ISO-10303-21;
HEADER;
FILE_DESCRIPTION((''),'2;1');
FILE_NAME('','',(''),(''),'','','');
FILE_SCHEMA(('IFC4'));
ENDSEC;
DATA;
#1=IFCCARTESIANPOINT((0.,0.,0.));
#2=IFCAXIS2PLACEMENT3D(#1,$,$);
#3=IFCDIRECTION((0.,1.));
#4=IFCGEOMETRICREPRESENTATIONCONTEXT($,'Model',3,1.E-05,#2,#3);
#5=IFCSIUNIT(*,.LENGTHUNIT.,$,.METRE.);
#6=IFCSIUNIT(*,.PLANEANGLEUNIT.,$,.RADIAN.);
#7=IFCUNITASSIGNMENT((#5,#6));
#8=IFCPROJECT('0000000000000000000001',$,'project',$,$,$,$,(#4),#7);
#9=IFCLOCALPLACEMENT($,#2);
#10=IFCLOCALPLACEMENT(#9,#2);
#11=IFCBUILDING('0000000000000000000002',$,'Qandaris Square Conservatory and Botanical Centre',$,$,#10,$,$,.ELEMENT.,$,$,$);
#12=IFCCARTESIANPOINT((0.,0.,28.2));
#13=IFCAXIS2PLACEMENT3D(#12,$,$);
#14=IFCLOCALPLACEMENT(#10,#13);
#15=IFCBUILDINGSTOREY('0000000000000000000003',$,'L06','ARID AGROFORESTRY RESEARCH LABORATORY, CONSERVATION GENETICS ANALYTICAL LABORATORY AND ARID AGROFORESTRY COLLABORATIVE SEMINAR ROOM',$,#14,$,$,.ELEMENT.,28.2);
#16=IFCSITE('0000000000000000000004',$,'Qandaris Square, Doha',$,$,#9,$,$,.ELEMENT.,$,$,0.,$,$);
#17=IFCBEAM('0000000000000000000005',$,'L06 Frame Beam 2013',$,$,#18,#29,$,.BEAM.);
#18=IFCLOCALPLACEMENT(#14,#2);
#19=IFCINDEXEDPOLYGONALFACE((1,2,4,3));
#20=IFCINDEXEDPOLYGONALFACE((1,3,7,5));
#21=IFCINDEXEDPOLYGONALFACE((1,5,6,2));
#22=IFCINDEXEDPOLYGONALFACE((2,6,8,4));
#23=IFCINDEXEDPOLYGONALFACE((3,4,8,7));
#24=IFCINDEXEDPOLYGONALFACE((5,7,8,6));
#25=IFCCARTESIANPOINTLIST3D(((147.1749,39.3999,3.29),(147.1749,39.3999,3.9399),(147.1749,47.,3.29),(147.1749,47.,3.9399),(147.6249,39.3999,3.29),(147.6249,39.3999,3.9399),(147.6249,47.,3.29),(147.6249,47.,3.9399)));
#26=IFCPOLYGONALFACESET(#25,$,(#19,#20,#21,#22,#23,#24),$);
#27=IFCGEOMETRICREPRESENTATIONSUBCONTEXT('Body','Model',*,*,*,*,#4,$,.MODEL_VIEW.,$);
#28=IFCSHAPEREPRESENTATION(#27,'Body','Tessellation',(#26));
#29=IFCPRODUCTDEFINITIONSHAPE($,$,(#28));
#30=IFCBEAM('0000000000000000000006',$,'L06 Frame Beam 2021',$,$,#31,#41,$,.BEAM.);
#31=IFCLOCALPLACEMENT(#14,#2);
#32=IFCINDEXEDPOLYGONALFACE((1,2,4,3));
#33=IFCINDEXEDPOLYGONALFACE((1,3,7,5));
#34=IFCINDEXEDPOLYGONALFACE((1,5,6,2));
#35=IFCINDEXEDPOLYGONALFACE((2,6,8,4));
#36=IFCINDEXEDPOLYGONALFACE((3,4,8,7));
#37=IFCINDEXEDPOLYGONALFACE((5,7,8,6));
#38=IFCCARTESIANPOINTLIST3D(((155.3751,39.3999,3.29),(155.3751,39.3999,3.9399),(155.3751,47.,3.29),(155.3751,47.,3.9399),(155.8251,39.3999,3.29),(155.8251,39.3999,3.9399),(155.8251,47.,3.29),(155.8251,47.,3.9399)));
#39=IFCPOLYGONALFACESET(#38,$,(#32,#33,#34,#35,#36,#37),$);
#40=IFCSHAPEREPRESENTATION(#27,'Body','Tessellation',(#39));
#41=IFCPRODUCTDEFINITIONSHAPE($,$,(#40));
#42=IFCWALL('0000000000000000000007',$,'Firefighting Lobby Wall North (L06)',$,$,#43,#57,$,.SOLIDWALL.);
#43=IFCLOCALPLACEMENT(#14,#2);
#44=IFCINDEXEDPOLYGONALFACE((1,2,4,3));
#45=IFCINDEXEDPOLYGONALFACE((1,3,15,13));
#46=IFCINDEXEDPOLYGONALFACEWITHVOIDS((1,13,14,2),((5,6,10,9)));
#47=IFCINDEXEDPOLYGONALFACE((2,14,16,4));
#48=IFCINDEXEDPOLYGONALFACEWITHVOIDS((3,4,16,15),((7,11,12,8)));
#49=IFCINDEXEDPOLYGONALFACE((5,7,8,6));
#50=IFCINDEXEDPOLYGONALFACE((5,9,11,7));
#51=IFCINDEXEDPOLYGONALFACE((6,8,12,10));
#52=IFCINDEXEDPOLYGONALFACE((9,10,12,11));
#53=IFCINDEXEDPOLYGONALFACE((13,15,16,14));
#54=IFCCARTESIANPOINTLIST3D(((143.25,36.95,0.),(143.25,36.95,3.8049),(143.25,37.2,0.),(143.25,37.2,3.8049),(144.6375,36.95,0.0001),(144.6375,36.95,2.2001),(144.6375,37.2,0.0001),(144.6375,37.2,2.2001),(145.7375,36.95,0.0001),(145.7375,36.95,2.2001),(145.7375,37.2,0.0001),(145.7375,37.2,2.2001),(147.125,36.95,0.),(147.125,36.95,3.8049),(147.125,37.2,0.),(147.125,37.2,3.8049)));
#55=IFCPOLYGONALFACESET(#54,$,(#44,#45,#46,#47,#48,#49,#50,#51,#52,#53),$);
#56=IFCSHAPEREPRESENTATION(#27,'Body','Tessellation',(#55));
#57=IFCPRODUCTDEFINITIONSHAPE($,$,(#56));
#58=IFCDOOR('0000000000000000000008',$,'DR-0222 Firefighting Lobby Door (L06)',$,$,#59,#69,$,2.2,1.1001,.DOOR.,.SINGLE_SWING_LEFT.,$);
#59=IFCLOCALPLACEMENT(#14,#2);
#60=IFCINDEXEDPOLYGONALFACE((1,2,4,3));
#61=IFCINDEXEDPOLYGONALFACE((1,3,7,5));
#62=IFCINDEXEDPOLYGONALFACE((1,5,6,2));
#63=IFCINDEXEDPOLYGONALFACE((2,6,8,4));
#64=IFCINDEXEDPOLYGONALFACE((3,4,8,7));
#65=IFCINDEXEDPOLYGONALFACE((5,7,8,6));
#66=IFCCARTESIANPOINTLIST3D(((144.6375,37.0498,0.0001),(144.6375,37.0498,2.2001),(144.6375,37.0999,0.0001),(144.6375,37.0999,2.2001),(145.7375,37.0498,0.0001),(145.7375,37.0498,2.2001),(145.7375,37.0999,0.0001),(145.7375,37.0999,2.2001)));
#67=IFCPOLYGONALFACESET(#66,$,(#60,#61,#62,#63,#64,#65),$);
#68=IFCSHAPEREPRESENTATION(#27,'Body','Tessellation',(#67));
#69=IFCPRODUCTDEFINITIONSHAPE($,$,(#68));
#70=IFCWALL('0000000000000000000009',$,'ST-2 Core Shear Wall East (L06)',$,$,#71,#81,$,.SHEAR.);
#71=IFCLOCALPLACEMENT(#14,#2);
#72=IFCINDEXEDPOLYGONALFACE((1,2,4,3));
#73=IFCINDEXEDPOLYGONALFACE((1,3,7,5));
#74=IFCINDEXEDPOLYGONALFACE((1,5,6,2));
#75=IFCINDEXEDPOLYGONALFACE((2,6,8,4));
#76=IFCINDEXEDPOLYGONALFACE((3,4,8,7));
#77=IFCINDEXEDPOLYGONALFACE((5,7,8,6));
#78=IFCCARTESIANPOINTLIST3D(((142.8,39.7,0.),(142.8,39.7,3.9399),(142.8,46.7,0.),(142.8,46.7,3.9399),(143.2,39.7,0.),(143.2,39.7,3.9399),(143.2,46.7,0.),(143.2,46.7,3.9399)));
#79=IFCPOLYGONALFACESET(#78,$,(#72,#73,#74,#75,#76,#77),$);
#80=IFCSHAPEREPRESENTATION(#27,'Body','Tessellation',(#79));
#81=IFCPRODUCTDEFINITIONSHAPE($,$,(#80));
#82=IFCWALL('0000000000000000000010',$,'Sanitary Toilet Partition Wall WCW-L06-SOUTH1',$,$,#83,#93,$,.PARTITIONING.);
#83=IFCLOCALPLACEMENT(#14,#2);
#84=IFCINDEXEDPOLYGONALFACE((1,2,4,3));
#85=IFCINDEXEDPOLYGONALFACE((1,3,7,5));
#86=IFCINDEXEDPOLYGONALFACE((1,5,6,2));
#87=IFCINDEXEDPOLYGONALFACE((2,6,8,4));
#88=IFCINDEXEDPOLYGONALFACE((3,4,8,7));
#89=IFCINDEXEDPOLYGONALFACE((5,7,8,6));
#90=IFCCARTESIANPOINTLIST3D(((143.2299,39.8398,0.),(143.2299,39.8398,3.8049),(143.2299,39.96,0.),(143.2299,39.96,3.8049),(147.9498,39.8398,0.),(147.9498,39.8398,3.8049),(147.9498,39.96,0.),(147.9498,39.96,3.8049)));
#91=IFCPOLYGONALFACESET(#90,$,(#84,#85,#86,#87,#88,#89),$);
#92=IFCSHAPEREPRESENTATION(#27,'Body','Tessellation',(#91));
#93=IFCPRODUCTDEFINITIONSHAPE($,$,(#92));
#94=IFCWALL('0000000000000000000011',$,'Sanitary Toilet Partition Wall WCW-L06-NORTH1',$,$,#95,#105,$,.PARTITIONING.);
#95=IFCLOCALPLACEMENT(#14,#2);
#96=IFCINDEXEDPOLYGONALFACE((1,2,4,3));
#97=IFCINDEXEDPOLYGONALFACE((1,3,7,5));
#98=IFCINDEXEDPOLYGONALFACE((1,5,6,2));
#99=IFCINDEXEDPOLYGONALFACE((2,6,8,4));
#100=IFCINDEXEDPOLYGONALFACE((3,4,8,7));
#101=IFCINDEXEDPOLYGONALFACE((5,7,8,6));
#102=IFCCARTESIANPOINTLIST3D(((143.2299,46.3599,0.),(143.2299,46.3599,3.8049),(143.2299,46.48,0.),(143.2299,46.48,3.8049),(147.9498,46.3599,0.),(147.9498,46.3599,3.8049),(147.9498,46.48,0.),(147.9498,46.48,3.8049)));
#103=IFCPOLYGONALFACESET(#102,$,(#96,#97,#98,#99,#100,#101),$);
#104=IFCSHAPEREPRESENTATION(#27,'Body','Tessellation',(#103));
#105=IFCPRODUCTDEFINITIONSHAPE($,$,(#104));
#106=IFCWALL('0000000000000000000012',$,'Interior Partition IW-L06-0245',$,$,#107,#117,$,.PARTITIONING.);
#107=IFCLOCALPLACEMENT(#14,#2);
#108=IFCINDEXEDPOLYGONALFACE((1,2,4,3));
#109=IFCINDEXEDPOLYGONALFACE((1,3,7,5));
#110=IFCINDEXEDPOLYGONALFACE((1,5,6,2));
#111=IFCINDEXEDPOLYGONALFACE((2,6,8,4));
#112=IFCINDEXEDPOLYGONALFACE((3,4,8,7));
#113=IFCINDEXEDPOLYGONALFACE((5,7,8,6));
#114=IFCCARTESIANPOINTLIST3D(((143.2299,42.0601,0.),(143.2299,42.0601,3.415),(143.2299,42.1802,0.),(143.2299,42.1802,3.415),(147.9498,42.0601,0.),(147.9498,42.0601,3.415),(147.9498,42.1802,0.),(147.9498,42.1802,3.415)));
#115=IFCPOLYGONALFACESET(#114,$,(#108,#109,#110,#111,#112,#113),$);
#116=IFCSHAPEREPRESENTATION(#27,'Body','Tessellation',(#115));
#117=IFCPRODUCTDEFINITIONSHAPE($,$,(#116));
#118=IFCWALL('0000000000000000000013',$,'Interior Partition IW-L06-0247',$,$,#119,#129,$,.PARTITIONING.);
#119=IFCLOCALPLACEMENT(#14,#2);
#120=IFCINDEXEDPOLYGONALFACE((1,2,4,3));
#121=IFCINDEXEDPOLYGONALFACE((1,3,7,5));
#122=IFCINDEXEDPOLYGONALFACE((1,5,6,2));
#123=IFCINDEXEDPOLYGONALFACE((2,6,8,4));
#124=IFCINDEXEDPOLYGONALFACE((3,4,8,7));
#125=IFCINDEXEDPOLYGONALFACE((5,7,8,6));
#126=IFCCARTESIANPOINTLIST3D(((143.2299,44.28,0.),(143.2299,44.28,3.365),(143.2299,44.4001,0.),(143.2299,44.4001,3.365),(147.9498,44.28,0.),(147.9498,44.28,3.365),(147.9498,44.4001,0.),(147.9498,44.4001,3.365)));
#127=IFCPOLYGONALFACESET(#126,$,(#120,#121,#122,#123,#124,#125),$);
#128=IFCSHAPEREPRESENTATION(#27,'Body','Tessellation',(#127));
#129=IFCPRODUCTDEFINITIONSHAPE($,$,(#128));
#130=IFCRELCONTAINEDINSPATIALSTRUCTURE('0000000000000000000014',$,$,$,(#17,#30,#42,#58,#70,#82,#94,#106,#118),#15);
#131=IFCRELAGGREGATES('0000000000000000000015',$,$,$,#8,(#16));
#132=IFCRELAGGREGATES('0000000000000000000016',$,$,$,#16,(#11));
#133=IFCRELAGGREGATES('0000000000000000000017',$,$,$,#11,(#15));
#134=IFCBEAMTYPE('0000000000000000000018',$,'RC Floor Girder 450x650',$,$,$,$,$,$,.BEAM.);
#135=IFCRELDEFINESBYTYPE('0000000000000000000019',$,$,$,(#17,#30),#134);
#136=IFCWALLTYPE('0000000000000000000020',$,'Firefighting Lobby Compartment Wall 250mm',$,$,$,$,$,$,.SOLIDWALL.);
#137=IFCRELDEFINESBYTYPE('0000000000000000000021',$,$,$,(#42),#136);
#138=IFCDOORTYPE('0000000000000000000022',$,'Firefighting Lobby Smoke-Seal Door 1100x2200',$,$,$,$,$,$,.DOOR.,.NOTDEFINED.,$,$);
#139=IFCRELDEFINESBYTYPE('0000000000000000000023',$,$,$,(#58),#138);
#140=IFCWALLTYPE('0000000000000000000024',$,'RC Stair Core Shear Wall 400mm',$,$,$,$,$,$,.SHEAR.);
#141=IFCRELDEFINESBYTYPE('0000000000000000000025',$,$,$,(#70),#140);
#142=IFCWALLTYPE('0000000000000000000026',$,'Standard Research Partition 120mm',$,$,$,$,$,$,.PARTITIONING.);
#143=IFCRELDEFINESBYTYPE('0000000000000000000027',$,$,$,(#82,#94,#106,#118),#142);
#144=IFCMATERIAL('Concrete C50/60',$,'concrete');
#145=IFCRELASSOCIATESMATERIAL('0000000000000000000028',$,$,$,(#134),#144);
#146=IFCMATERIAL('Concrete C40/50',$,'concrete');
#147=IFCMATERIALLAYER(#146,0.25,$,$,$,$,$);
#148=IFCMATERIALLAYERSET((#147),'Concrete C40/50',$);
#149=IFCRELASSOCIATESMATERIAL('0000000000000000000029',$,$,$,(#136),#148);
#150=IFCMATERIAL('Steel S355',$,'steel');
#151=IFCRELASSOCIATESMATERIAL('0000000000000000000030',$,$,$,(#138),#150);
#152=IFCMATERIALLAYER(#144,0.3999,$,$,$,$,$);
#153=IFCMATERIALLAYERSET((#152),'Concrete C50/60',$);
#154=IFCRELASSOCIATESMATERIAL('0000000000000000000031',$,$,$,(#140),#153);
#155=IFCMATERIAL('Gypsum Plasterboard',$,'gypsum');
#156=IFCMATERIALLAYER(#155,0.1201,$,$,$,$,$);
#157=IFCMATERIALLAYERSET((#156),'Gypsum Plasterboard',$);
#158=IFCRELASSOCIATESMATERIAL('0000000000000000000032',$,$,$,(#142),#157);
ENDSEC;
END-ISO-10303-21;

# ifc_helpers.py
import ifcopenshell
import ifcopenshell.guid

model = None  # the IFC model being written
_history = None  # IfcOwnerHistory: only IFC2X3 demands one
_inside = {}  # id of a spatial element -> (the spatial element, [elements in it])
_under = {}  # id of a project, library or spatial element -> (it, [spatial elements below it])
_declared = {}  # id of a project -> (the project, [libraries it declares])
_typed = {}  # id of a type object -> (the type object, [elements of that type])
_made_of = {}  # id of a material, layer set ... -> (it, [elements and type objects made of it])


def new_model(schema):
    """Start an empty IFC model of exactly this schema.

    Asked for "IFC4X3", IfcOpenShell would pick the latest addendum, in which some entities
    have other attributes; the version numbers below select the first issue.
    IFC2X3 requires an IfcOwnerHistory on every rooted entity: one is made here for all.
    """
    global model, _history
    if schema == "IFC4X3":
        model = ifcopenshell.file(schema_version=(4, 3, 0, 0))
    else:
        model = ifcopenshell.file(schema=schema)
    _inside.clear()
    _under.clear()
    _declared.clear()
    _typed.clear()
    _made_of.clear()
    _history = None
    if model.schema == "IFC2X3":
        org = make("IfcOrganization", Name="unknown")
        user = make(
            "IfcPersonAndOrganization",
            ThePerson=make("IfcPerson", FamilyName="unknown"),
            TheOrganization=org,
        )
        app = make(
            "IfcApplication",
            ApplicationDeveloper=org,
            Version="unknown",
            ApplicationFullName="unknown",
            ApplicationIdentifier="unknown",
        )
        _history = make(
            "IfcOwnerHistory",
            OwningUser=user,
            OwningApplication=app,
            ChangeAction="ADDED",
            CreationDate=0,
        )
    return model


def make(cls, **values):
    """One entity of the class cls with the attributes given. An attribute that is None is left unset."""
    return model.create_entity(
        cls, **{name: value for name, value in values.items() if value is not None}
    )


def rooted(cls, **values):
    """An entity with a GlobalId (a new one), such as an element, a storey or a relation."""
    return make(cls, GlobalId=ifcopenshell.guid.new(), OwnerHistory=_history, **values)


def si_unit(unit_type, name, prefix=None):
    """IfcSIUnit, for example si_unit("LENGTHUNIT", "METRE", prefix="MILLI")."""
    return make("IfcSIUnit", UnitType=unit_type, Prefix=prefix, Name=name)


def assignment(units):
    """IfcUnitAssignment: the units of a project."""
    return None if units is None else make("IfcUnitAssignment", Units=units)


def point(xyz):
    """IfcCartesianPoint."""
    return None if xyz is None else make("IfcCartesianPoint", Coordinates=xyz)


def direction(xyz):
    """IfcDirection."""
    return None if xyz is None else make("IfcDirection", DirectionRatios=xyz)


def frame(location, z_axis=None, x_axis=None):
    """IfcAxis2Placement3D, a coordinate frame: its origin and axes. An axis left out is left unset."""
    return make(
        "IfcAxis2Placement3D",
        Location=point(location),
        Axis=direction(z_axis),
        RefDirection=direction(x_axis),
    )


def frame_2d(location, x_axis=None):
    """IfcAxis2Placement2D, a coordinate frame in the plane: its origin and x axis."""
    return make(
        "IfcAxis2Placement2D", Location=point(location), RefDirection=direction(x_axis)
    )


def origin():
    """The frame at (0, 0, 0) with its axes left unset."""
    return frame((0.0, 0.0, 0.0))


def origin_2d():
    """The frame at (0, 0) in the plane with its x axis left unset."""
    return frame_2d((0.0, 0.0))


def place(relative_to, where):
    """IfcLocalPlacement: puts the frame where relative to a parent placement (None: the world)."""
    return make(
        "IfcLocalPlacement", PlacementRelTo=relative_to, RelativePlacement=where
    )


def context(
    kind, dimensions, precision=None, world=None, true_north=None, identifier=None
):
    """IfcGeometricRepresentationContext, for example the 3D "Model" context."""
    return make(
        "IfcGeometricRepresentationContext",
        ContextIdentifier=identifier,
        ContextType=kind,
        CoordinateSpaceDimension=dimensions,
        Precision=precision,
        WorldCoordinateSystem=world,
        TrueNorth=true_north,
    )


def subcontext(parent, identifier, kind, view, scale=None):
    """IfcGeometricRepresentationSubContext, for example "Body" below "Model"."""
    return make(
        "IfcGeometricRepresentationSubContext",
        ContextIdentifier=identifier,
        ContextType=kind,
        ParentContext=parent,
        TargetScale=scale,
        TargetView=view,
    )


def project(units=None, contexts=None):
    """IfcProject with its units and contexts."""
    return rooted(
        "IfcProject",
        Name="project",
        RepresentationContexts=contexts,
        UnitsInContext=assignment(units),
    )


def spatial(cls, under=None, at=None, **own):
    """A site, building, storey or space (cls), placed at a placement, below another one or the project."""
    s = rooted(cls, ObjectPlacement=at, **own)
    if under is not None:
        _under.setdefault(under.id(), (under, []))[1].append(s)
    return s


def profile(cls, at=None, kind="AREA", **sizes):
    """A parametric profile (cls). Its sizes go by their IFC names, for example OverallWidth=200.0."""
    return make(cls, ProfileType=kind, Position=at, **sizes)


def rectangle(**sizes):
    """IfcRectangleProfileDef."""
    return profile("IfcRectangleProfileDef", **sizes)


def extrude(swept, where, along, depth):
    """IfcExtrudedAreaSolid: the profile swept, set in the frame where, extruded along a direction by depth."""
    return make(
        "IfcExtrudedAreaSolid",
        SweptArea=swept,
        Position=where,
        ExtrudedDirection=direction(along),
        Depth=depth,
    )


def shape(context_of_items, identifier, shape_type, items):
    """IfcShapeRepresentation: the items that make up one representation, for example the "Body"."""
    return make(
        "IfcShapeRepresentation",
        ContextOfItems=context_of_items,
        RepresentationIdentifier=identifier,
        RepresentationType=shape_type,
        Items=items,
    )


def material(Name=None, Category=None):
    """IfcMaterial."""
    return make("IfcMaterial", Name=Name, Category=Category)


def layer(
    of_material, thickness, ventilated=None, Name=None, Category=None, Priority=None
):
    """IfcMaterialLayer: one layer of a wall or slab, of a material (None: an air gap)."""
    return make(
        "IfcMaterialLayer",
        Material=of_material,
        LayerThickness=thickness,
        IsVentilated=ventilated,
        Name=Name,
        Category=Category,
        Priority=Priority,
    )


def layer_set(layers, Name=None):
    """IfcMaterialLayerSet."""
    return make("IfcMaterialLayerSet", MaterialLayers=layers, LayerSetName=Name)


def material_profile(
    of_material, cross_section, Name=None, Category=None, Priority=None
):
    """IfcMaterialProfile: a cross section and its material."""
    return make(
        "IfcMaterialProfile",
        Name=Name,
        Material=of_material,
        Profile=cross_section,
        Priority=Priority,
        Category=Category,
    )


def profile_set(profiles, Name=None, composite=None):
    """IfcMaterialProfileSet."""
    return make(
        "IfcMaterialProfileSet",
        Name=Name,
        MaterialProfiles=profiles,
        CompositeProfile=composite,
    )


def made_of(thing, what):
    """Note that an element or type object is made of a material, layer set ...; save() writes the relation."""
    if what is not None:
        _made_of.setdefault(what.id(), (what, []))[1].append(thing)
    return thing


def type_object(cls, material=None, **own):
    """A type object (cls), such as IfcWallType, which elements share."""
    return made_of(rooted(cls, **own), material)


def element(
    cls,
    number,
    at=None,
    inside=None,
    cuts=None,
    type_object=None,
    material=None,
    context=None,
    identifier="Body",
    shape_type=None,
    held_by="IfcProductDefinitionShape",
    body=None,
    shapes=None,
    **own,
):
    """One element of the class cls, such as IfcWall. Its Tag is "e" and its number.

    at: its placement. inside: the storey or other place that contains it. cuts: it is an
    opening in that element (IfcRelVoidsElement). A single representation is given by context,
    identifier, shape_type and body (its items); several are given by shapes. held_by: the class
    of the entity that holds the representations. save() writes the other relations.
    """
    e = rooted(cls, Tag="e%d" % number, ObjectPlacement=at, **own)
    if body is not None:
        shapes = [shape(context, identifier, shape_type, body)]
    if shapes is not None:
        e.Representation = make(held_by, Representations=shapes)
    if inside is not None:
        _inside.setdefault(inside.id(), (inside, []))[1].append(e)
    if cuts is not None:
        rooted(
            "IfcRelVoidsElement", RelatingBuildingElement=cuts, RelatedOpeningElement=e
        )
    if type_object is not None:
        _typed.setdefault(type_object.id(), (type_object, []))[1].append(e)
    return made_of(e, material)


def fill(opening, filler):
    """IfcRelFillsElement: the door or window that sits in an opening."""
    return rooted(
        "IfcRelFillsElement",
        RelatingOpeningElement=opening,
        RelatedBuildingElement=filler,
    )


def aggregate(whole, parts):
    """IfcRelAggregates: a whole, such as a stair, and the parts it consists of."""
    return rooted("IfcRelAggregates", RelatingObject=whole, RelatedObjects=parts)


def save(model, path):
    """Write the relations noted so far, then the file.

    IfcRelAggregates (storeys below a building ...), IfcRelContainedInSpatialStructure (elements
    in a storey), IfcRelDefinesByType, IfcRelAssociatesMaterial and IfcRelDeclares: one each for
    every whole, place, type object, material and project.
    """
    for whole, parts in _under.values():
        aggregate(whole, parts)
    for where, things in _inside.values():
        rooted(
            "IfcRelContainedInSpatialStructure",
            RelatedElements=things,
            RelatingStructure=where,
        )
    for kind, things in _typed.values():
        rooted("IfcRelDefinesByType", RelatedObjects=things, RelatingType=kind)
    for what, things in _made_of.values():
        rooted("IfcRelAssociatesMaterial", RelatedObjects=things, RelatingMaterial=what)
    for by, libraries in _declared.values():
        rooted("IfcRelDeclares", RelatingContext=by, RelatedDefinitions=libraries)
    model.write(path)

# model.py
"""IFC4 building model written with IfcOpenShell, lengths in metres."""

from ifc_helpers import new_model, si_unit, direction, frame, frame_2d, origin, origin_2d, place, context, subcontext, project, spatial, rectangle, extrude, material, layer, layer_set, material_profile, profile_set, type_object, element, fill, save


model = new_model("IFC4")

# Units and contexts
model_context = context("Model", 3, precision=1e-05, world=origin(), true_north=direction((0.0, 1.0)))
body_context = subcontext(model_context, "Body", "Model", "MODEL_VIEW")
ifc_project = project(units=[si_unit("LENGTHUNIT", "METRE"), si_unit("PLANEANGLEUNIT", "RADIAN")], contexts=[model_context])

# Site, building, storey
site_placement = place(None, origin())
site = spatial("IfcSite", under=ifc_project, at=site_placement, Name="Qandaris Square, Doha", CompositionType="ELEMENT", RefElevation=0.0)
building_placement = place(site_placement, origin())
building = spatial("IfcBuilding", under=site, at=building_placement, Name="Qandaris Square Conservatory and Botanical Centre", CompositionType="ELEMENT")
storey_placement = place(building_placement, frame((0.0, 0.0, 28.2)))
storey = spatial("IfcBuildingStorey", under=building, at=storey_placement, Name="L06", Description="ARID AGROFORESTRY RESEARCH LABORATORY, CONSERVATION GENETICS ANALYTICAL LABORATORY AND ARID AGROFORESTRY COLLABORATIVE SEMINAR ROOM", CompositionType="ELEMENT", Elevation=28.2)

# Shared definitions
ifc_material_1 = material(Name="Concrete C50/60", Category="concrete")

# Beams
ifc_material_2 = material(Name="Steel S355", Category="steel")
ifc_material_profile_1 = material_profile(ifc_material_1, rectangle(XDim=0.45, YDim=0.6499, at=origin_2d()), Name="RC-BM 450x650")
ifc_profile_set_1 = profile_set([ifc_material_profile_1], Name="Concrete C50/60")
beam_type_1 = type_object("IfcBeamType", Name="RC Floor Girder 450x650", PredefinedType="BEAM", material=ifc_profile_set_1)
for number, where, z_axis, x_axis, name in (
    (1, (147.3999, 39.3999, 3.615), (0.0, 1.0, 0.0), (-1.0, 0.0, 0.0), "L06 Frame Beam 2013"),
    (2, (155.6001, 39.3999, 3.615), (0.0, 1.0, 0.0), (-1.0, 0.0, 0.0), "L06 Frame Beam 2021"),
):
    element("IfcBeam", number, at=place(storey_placement, frame(where, z_axis=z_axis, x_axis=x_axis)), inside=storey, type_object=beam_type_1, Name=name, PredefinedType="BEAM", context=body_context, shape_type="SweptSolid", body=[
        extrude(rectangle(XDim=0.45, YDim=0.6499, at=origin_2d()), origin(), (0.0, 0.0, 1.0), 7.6001),
    ])

# Wall, opening, door
ifc_material_3 = material(Name="Concrete C40/50", Category="concrete")
ifc_layer_1 = layer(ifc_material_3, 0.25)
ifc_layer_set_1 = layer_set([ifc_layer_1], Name="Concrete C40/50")
wall_type_1 = type_object("IfcWallType", Name="Firefighting Lobby Compartment Wall 250mm", PredefinedType="SOLIDWALL", material=ifc_layer_set_1)
wall_1_placement = place(storey_placement, frame((143.25, 37.075, 0.0), z_axis=(0.0, 0.0, 1.0), x_axis=(1.0, 0.0, 0.0)))
wall_1 = element("IfcWall", 3, at=wall_1_placement, inside=storey, type_object=wall_type_1, Name="Firefighting Lobby Wall North (L06)", PredefinedType="SOLIDWALL", context=body_context, shape_type="SweptSolid", body=[
    extrude(rectangle(XDim=3.875, YDim=0.25, at=frame_2d((1.9375, 0.0))), origin(), (0.0, 0.0, 1.0), 3.8049),
])
opening_1_placement = place(wall_1_placement, frame((1.3875, 0.0, 0.0)))
opening_1 = element("IfcOpeningElement", 4, at=opening_1_placement, cuts=wall_1, PredefinedType="OPENING", context=body_context, shape_type="SweptSolid", body=[
    extrude(rectangle(XDim=1.1001, YDim=2.2, at=frame_2d((0.55, 1.1001))), frame((0.0, 0.137, 0.0), z_axis=(0.0, -1.0, 0.0), x_axis=(1.0, 0.0, 0.0)), (0.0, 0.0, 1.0), 0.2739),
])
door_type_1 = type_object("IfcDoorType", Name="Firefighting Lobby Smoke-Seal Door 1100x2200", OperationType="NOTDEFINED", PredefinedType="DOOR", material=ifc_material_2)
door_1_placement = place(opening_1_placement, origin())
door_1 = element("IfcDoor", 5, at=door_1_placement, inside=storey, type_object=door_type_1, Name="DR-0222 Firefighting Lobby Door (L06)", OperationType="SINGLE_SWING_LEFT", OverallHeight=2.2, OverallWidth=1.1001, PredefinedType="DOOR", context=body_context, shape_type="SweptSolid", body=[
    extrude(rectangle(XDim=1.1001, YDim=2.2, at=frame_2d((0.55, 1.1001))), frame((0.0, 0.0249, 0.0), z_axis=(0.0, -1.0, 0.0), x_axis=(1.0, 0.0, 0.0)), (0.0, 0.0, 1.0), 0.05),
])
fill(opening_1, door_1)

# Walls
ifc_layer_2 = layer(ifc_material_1, 0.3999)
ifc_layer_set_2 = layer_set([ifc_layer_2], Name="Concrete C50/60")
wall_type_2 = type_object("IfcWallType", Name="RC Stair Core Shear Wall 400mm", PredefinedType="SHEAR", material=ifc_layer_set_2)
wall_2_placement = place(storey_placement, frame((143.0, 39.7, 0.0), z_axis=(0.0, 0.0, 1.0), x_axis=(0.0, 1.0, 0.0)))
element("IfcWall", 6, at=wall_2_placement, inside=storey, type_object=wall_type_2, Name="ST-2 Core Shear Wall East (L06)", PredefinedType="SHEAR", context=body_context, shape_type="SweptSolid", body=[
    extrude(rectangle(XDim=7.0, YDim=0.3999, at=frame_2d((3.5, 0.0))), origin(), (0.0, 0.0, 1.0), 3.9399),
])
ifc_material_4 = material(Name="Gypsum Plasterboard", Category="gypsum")
ifc_layer_3 = layer(ifc_material_4, 0.1201)
ifc_layer_set_3 = layer_set([ifc_layer_3], Name="Gypsum Plasterboard")
wall_type_3 = type_object("IfcWallType", Name="Standard Research Partition 120mm", PredefinedType="PARTITIONING", material=ifc_layer_set_3)
for number, where, z_axis, x_axis, name in (
    (7, (143.23, 39.8999, 0.0), (0.0, 0.0, 1.0), (1.0, 0.0, 0.0), "Sanitary Toilet Partition Wall WCW-L06-SOUTH1"),
    (8, (143.23, 46.4199, 0.0), (0.0, 0.0, 1.0), (1.0, 0.0, 0.0), "Sanitary Toilet Partition Wall WCW-L06-NORTH1"),
):
    element("IfcWall", number, at=place(storey_placement, frame(where, z_axis=z_axis, x_axis=x_axis)), inside=storey, type_object=wall_type_3, Name=name, PredefinedType="PARTITIONING", context=body_context, shape_type="SweptSolid", body=[
        extrude(rectangle(XDim=4.72, YDim=0.1201, at=frame_2d((2.3599, 0.0))), origin(), (0.0, 0.0, 1.0), 3.8049),
    ])
wall_3_placement = place(storey_placement, frame((143.23, 42.1201, 0.0), z_axis=(0.0, 0.0, 1.0), x_axis=(1.0, 0.0, 0.0)))
element("IfcWall", 9, at=wall_3_placement, inside=storey, type_object=wall_type_3, Name="Interior Partition IW-L06-0245", PredefinedType="PARTITIONING", context=body_context, shape_type="SweptSolid", body=[
    extrude(rectangle(XDim=4.72, YDim=0.1201, at=frame_2d((2.3599, 0.0))), origin(), (0.0, 0.0, 1.0), 3.415),
])

# Wall
wall_4_placement = place(storey_placement, frame((143.23, 44.3401, 0.0), z_axis=(0.0, 0.0, 1.0), x_axis=(1.0, 0.0, 0.0)))
element("IfcWall", 10, at=wall_4_placement, inside=storey, type_object=wall_type_3, Name="Interior Partition IW-L06-0247", PredefinedType="PARTITIONING", context=body_context, shape_type="SweptSolid", body=[
    extrude(rectangle(XDim=4.72, YDim=0.1201, at=frame_2d((2.3599, 0.0))), origin(), (0.0, 0.0, 1.0), 3.365),
])

save(model, "model.ifc")
